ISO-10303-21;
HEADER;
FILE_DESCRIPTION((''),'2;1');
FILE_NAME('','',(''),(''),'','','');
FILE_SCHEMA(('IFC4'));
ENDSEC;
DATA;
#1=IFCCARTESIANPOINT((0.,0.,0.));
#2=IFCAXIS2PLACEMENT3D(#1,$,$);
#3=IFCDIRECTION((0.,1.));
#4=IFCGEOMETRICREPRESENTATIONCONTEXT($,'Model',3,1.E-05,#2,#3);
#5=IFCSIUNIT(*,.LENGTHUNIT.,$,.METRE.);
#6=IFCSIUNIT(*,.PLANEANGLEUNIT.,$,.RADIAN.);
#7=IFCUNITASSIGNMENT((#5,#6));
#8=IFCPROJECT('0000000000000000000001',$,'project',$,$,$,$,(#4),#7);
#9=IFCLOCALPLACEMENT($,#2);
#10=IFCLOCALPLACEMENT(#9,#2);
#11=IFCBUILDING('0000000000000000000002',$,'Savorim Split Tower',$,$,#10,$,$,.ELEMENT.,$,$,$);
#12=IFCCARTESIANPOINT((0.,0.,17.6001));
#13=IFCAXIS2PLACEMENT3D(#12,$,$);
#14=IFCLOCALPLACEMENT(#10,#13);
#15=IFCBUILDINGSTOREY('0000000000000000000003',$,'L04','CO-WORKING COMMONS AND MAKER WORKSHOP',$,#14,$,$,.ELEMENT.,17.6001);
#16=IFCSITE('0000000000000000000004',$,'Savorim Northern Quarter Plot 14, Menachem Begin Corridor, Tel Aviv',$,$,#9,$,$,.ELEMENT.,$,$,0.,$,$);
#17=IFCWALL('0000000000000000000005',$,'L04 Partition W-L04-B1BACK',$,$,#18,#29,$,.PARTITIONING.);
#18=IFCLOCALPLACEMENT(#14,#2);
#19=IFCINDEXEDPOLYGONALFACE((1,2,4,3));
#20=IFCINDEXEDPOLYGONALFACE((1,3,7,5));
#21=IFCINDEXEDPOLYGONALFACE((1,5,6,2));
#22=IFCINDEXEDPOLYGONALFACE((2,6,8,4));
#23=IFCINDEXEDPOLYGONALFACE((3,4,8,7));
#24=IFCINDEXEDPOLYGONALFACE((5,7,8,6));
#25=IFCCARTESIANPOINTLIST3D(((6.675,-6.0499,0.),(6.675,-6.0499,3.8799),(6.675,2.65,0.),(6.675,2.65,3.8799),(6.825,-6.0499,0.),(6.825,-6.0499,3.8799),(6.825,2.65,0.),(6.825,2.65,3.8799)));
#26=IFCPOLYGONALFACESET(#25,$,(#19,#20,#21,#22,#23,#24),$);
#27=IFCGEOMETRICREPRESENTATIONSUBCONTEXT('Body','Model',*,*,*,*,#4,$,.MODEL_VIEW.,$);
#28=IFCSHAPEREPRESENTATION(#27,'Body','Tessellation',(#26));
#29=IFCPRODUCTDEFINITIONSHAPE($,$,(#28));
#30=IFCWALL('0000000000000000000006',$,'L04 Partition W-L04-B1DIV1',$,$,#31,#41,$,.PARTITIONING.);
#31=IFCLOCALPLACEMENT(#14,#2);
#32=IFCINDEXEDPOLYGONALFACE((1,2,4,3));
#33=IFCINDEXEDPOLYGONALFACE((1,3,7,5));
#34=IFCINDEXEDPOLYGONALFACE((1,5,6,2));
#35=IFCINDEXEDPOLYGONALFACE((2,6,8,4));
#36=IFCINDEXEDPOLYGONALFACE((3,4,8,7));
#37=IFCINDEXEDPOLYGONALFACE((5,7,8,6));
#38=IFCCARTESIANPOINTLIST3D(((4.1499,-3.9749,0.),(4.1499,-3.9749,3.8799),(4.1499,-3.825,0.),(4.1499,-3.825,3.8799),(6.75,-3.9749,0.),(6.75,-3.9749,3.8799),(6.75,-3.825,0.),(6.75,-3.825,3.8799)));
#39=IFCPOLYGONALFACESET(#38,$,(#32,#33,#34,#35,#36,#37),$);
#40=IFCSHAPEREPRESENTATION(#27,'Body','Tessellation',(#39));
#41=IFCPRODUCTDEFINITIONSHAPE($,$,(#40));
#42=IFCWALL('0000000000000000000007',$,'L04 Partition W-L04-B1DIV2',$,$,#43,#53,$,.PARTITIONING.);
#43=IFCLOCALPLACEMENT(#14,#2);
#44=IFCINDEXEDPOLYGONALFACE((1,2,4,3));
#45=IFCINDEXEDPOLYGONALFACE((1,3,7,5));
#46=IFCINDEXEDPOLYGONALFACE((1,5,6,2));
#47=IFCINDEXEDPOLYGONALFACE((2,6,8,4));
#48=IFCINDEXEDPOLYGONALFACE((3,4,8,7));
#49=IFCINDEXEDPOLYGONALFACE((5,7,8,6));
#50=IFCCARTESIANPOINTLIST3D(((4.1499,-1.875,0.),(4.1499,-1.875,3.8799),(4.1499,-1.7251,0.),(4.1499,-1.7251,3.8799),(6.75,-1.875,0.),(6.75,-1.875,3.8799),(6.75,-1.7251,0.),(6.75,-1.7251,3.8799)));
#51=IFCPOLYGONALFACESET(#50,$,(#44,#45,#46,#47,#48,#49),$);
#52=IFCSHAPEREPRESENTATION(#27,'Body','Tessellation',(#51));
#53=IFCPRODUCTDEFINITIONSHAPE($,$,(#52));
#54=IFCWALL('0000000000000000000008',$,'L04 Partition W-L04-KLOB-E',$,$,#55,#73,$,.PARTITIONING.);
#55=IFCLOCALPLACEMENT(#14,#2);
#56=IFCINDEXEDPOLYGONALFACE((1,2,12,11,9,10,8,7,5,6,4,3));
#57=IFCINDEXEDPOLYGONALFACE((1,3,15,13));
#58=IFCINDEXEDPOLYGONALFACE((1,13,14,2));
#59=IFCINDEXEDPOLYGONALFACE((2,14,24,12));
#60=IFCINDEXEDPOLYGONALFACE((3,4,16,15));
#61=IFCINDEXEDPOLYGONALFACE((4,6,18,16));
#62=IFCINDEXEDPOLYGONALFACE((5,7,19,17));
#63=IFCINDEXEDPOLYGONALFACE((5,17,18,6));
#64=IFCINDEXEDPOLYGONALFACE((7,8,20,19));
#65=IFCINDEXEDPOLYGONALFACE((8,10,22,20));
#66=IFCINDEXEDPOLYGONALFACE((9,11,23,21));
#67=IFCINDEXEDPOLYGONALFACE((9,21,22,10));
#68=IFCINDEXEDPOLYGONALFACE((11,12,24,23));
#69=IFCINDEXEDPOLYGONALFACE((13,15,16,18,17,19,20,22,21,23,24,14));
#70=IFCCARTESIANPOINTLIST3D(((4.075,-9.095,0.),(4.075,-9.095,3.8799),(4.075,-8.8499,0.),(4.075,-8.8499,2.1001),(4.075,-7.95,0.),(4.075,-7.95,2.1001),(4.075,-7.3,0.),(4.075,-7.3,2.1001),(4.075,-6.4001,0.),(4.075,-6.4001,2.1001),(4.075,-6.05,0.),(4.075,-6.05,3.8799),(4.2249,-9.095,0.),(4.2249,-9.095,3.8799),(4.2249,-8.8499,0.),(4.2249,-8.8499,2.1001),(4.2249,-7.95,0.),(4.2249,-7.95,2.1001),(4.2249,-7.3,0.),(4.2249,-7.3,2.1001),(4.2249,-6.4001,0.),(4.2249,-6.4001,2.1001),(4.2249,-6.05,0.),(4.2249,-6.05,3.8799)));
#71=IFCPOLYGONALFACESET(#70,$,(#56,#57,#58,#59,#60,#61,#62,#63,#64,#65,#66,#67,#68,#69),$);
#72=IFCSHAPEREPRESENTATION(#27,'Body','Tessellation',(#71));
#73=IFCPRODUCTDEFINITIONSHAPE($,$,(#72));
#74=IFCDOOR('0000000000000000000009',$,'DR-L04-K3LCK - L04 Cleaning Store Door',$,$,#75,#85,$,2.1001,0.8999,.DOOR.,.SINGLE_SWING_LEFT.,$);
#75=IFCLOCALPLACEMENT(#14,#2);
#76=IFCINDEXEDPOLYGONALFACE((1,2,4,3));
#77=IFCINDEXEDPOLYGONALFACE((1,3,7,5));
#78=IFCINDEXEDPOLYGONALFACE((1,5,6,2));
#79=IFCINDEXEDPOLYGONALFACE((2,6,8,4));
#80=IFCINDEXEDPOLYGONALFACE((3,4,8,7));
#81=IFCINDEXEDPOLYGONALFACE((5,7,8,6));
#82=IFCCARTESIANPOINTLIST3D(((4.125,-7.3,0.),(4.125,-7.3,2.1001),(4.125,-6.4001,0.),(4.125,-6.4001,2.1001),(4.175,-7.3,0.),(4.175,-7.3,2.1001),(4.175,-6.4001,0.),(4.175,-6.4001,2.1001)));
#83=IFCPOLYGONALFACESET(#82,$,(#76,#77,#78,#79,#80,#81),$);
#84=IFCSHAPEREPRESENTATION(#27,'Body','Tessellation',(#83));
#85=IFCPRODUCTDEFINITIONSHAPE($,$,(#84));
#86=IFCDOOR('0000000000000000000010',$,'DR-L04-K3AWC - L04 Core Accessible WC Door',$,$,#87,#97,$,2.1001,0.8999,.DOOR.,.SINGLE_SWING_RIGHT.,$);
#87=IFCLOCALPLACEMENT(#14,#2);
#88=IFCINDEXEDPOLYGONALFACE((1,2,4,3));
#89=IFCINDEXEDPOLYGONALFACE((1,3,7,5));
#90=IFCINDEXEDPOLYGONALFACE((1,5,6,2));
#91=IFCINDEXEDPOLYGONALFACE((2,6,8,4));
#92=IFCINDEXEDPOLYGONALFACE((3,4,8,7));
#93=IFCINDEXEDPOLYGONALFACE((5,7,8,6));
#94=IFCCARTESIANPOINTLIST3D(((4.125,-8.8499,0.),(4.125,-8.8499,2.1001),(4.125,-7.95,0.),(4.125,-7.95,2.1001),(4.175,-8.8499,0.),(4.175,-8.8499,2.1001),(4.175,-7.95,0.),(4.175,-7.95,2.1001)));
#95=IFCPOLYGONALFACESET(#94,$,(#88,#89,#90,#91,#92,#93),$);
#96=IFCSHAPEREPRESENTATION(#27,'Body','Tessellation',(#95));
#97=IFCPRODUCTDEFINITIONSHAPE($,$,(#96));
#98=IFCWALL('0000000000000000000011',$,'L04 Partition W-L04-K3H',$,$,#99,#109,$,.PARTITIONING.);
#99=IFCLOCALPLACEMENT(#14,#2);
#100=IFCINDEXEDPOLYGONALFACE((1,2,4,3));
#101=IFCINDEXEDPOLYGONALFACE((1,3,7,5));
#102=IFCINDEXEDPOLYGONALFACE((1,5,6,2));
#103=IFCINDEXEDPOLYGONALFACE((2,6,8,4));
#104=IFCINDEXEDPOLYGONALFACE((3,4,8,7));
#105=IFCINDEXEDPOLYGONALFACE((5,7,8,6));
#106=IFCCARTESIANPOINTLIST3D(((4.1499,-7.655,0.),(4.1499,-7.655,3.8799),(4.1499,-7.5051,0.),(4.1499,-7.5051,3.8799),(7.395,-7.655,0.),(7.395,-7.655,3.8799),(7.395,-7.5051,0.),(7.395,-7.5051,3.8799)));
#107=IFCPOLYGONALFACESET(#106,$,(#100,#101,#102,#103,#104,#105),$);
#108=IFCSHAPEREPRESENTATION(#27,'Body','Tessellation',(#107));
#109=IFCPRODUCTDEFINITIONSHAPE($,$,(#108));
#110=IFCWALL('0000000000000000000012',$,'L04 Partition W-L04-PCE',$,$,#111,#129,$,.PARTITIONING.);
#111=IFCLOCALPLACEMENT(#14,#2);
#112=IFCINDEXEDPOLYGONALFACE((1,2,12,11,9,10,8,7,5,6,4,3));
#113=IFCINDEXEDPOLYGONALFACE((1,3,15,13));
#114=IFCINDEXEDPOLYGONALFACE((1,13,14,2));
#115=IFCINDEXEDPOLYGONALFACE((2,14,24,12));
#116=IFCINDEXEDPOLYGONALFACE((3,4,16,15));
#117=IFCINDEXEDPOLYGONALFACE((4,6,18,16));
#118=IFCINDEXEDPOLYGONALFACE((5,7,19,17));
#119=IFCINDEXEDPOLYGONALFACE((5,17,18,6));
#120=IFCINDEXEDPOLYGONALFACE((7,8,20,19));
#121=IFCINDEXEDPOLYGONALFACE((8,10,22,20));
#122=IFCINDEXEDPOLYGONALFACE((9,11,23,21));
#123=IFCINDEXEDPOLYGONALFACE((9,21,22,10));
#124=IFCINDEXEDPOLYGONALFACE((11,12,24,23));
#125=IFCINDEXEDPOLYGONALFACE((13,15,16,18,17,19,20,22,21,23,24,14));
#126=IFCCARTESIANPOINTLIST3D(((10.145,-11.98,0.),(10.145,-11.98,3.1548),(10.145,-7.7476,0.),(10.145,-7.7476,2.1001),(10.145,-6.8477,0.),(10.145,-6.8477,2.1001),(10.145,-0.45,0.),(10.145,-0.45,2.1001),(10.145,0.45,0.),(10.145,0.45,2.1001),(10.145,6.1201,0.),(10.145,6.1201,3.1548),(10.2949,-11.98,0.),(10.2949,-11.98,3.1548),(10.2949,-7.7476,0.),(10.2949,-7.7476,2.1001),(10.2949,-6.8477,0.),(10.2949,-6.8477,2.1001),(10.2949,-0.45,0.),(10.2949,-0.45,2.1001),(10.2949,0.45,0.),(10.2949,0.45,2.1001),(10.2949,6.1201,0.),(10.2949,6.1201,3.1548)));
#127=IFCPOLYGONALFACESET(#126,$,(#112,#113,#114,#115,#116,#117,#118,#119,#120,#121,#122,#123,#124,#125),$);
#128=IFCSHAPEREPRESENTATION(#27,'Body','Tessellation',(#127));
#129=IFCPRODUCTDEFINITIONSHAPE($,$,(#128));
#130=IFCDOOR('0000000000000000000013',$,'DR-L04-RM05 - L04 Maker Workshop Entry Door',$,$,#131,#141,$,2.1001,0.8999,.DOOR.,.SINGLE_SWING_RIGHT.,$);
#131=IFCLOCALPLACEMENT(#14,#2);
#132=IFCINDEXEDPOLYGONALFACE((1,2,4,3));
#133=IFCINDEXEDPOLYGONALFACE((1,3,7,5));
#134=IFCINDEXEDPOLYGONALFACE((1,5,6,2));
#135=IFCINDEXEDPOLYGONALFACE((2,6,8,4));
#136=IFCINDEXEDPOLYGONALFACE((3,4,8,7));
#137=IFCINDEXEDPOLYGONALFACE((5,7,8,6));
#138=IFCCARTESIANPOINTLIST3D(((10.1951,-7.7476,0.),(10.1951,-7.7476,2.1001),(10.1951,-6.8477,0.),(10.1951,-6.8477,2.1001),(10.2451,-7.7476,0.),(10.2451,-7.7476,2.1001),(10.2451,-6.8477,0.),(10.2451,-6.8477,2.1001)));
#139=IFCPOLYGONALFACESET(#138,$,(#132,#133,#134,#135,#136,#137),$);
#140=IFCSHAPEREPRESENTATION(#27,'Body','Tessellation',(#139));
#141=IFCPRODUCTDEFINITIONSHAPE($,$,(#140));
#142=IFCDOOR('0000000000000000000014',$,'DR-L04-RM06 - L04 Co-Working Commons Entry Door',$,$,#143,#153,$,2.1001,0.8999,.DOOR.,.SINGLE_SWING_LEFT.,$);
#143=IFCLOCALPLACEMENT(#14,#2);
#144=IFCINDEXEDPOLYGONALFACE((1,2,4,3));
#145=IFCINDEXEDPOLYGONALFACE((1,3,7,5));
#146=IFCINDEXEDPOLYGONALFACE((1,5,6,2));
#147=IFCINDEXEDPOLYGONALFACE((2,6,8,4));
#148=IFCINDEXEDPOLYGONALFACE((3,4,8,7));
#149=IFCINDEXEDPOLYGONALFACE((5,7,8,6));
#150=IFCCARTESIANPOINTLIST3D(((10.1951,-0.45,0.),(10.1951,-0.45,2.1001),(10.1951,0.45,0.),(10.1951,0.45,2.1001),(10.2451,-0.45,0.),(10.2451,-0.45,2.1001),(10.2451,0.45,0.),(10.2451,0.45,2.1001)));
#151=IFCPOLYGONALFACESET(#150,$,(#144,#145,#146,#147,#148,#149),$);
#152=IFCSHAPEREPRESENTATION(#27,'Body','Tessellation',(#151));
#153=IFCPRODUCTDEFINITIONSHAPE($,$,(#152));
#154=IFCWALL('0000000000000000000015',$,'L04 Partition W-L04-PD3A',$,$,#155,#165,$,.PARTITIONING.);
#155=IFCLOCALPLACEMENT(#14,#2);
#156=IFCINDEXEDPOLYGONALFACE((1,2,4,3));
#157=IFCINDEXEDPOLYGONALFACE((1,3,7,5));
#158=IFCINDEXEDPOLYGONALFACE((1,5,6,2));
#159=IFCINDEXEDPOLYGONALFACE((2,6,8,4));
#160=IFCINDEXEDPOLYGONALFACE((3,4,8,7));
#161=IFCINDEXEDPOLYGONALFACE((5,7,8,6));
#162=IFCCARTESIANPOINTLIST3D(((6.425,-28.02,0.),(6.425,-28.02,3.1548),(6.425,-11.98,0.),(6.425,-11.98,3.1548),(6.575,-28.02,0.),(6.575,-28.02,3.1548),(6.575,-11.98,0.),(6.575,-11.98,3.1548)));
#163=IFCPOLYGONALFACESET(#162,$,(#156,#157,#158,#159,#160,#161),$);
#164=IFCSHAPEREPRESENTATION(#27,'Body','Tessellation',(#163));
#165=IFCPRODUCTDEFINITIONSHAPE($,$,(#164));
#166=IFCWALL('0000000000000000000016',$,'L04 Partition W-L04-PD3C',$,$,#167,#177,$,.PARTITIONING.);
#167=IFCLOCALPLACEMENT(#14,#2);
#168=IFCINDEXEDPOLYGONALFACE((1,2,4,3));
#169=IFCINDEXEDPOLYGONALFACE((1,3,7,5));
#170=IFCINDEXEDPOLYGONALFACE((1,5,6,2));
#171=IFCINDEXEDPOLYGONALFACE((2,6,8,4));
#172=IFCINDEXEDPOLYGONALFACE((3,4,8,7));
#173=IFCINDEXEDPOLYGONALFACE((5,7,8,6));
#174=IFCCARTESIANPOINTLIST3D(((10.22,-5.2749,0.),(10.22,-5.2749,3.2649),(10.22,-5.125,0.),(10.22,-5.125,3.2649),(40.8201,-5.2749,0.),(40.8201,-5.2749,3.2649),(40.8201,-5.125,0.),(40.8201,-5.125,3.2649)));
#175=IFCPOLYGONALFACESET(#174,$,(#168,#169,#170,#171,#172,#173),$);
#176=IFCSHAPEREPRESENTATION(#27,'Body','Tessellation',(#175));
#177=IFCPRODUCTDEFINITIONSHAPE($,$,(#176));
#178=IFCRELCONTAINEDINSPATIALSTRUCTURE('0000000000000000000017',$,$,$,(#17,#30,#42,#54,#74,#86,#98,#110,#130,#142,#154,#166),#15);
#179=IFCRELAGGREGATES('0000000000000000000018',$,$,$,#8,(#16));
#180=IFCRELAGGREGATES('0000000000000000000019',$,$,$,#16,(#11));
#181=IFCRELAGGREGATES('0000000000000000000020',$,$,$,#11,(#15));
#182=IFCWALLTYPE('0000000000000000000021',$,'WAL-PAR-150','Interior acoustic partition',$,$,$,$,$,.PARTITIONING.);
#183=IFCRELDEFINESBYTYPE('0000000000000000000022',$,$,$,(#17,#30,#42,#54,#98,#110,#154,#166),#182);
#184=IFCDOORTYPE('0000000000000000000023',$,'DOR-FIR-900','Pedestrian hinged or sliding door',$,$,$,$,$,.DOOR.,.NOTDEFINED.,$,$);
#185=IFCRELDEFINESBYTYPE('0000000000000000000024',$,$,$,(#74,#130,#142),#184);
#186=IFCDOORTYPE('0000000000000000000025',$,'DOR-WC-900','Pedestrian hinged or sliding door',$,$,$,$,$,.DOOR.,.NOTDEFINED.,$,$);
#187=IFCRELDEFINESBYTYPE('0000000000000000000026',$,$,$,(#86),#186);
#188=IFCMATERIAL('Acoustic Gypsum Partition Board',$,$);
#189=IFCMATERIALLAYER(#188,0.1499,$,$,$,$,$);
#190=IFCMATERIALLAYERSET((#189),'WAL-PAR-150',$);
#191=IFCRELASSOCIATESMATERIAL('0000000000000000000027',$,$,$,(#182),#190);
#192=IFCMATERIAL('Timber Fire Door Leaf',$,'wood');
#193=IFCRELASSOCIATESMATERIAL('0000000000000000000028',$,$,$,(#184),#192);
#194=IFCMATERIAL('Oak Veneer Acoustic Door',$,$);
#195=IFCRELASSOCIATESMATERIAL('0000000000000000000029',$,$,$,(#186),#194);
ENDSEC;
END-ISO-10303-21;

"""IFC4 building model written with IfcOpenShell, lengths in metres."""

from ifc_helpers import new_model, si_unit, direction, frame, frame_2d, origin, place, context, subcontext, project, spatial, rectangle, extrude, material, layer, layer_set, type_object, element, fill, save


model = new_model("IFC4")

# Units and contexts
model_context = context("Model", 3, precision=1e-05, world=origin(), true_north=direction((0.0, 1.0)))
body_context = subcontext(model_context, "Body", "Model", "MODEL_VIEW")
ifc_project = project(units=[si_unit("LENGTHUNIT", "METRE"), si_unit("PLANEANGLEUNIT", "RADIAN")], contexts=[model_context])

# Site, building, storey
site_placement = place(None, origin())
site = spatial("IfcSite", under=ifc_project, at=site_placement, Name="Savorim Northern Quarter Plot 14, Menachem Begin Corridor, Tel Aviv", CompositionType="ELEMENT", RefElevation=0.0)
building_placement = place(site_placement, origin())
building = spatial("IfcBuilding", under=site, at=building_placement, Name="Savorim Split Tower", CompositionType="ELEMENT")
storey_placement = place(building_placement, frame((0.0, 0.0, 17.6001)))
storey = spatial("IfcBuildingStorey", under=building, at=storey_placement, Name="L04", Description="CO-WORKING COMMONS AND MAKER WORKSHOP", CompositionType="ELEMENT", Elevation=17.6001)

# Walls
ifc_material_1 = material(Name="Acoustic Gypsum Partition Board")
ifc_layer_1 = layer(ifc_material_1, 0.1499)
ifc_layer_set_1 = layer_set([ifc_layer_1], Name="WAL-PAR-150")
wall_type_1 = type_object("IfcWallType", Name="WAL-PAR-150", Description="Interior acoustic partition", PredefinedType="PARTITIONING", material=ifc_layer_set_1)
wall_1_placement = place(storey_placement, frame((6.75, -6.05, 0.0), z_axis=(0.0, 0.0, 1.0), x_axis=(0.0, 1.0, 0.0)))
element("IfcWall", 1, at=wall_1_placement, inside=storey, type_object=wall_type_1, Name="L04 Partition W-L04-B1BACK", PredefinedType="PARTITIONING", context=body_context, shape_type="SweptSolid", body=[
    extrude(rectangle(XDim=8.7, YDim=0.1499, at=frame_2d((4.3501, 0.0))), origin(), (0.0, 0.0, 1.0), 3.8799),
])
for number, where, z_axis, x_axis, name in (
    (2, (4.1499, -3.8999, 0.0), (0.0, 0.0, 1.0), (1.0, 0.0, 0.0), "L04 Partition W-L04-B1DIV1"),
    (3, (4.1499, -1.8, 0.0), (0.0, 0.0, 1.0), (1.0, 0.0, 0.0), "L04 Partition W-L04-B1DIV2"),
):
    element("IfcWall", number, at=place(storey_placement, frame(where, z_axis=z_axis, x_axis=x_axis)), inside=storey, type_object=wall_type_1, Name=name, PredefinedType="PARTITIONING", context=body_context, shape_type="SweptSolid", body=[
        extrude(rectangle(XDim=2.6001, YDim=0.1499, at=frame_2d((1.3, 0.0))), origin(), (0.0, 0.0, 1.0), 3.8799),
    ])

# Wall, openings, doors
wall_2_placement = place(storey_placement, frame((4.1499, -9.095, 0.0), z_axis=(0.0, 0.0, 1.0), x_axis=(0.0, 1.0, 0.0)))
wall_2 = element("IfcWall", 4, at=wall_2_placement, inside=storey, type_object=wall_type_1, Name="L04 Partition W-L04-KLOB-E", PredefinedType="PARTITIONING", context=body_context, shape_type="SweptSolid", body=[
    extrude(rectangle(XDim=3.0449, YDim=0.1499, at=frame_2d((1.5225, 0.0))), origin(), (0.0, 0.0, 1.0), 3.8799),
])
opening_1_placement = place(wall_2_placement, frame((0.2451, 0.0, 0.0)))
opening_1 = element("IfcOpeningElement", 5, at=opening_1_placement, cuts=wall_2, PredefinedType="OPENING", context=body_context, shape_type="SweptSolid", body=[
    extrude(rectangle(XDim=0.8999, YDim=2.1001, at=frame_2d((0.45, 1.05))), frame((0.0, 0.085, 0.0), z_axis=(0.0, -1.0, 0.0), x_axis=(1.0, 0.0, 0.0)), (0.0, 0.0, 1.0), 0.1699),
])
opening_2_placement = place(wall_2_placement, frame((1.7949, 0.0, 0.0)))
opening_2 = element("IfcOpeningElement", 6, at=opening_2_placement, cuts=wall_2, PredefinedType="OPENING", context=body_context, shape_type="SweptSolid", body=[
    extrude(rectangle(XDim=0.8999, YDim=2.1001, at=frame_2d((0.45, 1.05))), frame((0.0, 0.085, 0.0), z_axis=(0.0, -1.0, 0.0), x_axis=(1.0, 0.0, 0.0)), (0.0, 0.0, 1.0), 0.1699),
])
ifc_material_2 = material(Name="Timber Fire Door Leaf", Category="wood")
door_type_1 = type_object("IfcDoorType", Name="DOR-FIR-900", Description="Pedestrian hinged or sliding door", OperationType="NOTDEFINED", PredefinedType="DOOR", material=ifc_material_2)
door_1_placement = place(opening_2_placement, origin())
door_1 = element("IfcDoor", 7, at=door_1_placement, inside=storey, type_object=door_type_1, Name="DR-L04-K3LCK - L04 Cleaning Store Door", OperationType="SINGLE_SWING_LEFT", OverallHeight=2.1001, OverallWidth=0.8999, PredefinedType="DOOR", context=body_context, shape_type="SweptSolid", body=[
    extrude(rectangle(XDim=0.8999, YDim=2.1001, at=frame_2d((0.45, 1.05))), frame((0.0, 0.0249, 0.0), z_axis=(0.0, -1.0, 0.0), x_axis=(1.0, 0.0, 0.0)), (0.0, 0.0, 1.0), 0.05),
])
fill(opening_2, door_1)
ifc_material_3 = material(Name="Oak Veneer Acoustic Door")
door_type_2 = type_object("IfcDoorType", Name="DOR-WC-900", Description="Pedestrian hinged or sliding door", OperationType="NOTDEFINED", PredefinedType="DOOR", material=ifc_material_3)
door_2_placement = place(opening_1_placement, origin())
door_2 = element("IfcDoor", 8, at=door_2_placement, inside=storey, type_object=door_type_2, Name="DR-L04-K3AWC - L04 Core Accessible WC Door", OperationType="SINGLE_SWING_RIGHT", OverallHeight=2.1001, OverallWidth=0.8999, PredefinedType="DOOR", context=body_context, shape_type="SweptSolid", body=[
    extrude(rectangle(XDim=0.8999, YDim=2.1001, at=frame_2d((0.45, 1.05))), frame((0.0, 0.0249, 0.0), z_axis=(0.0, -1.0, 0.0), x_axis=(1.0, 0.0, 0.0)), (0.0, 0.0, 1.0), 0.05),
])
fill(opening_1, door_2)

# Wall
wall_3_placement = place(storey_placement, frame((4.1499, -7.5801, 0.0), z_axis=(0.0, 0.0, 1.0), x_axis=(1.0, 0.0, 0.0)))
element("IfcWall", 9, at=wall_3_placement, inside=storey, type_object=wall_type_1, Name="L04 Partition W-L04-K3H", PredefinedType="PARTITIONING", context=body_context, shape_type="SweptSolid", body=[
    extrude(rectangle(XDim=3.2451, YDim=0.1499, at=frame_2d((1.6226, 0.0))), origin(), (0.0, 0.0, 1.0), 3.8799),
])

# Wall, openings, doors
wall_4_placement = place(storey_placement, frame((10.22, -11.98, 0.0), z_axis=(0.0, 0.0, 1.0), x_axis=(0.0, 1.0, 0.0)))
wall_4 = element("IfcWall", 10, at=wall_4_placement, inside=storey, type_object=wall_type_1, Name="L04 Partition W-L04-PCE", PredefinedType="PARTITIONING", context=body_context, shape_type="SweptSolid", body=[
    extrude(rectangle(XDim=18.1001, YDim=0.1499, at=frame_2d((9.05, 0.0))), origin(), (0.0, 0.0, 1.0), 3.1548),
])
opening_3_placement = place(wall_4_placement, frame((4.2324, 0.0, 0.0)))
opening_3 = element("IfcOpeningElement", 11, at=opening_3_placement, cuts=wall_4, PredefinedType="OPENING", context=body_context, shape_type="SweptSolid", body=[
    extrude(rectangle(XDim=0.8999, YDim=2.1001, at=frame_2d((0.45, 1.05))), frame((0.0, 0.085, 0.0), z_axis=(0.0, -1.0, 0.0), x_axis=(1.0, 0.0, 0.0)), (0.0, 0.0, 1.0), 0.1699),
])
opening_4_placement = place(wall_4_placement, frame((11.53, 0.0, 0.0)))
opening_4 = element("IfcOpeningElement", 12, at=opening_4_placement, cuts=wall_4, PredefinedType="OPENING", context=body_context, shape_type="SweptSolid", body=[
    extrude(rectangle(XDim=0.8999, YDim=2.1001, at=frame_2d((0.45, 1.05))), frame((0.0, 0.085, 0.0), z_axis=(0.0, -1.0, 0.0), x_axis=(1.0, 0.0, 0.0)), (0.0, 0.0, 1.0), 0.1699),
])
door_3_placement = place(opening_3_placement, origin())
door_3 = element("IfcDoor", 13, at=door_3_placement, inside=storey, type_object=door_type_1, Name="DR-L04-RM05 - L04 Maker Workshop Entry Door", OperationType="SINGLE_SWING_RIGHT", OverallHeight=2.1001, OverallWidth=0.8999, PredefinedType="DOOR", context=body_context, shape_type="SweptSolid", body=[
    extrude(rectangle(XDim=0.8999, YDim=2.1001, at=frame_2d((0.45, 1.05))), frame((0.0, 0.0249, 0.0), z_axis=(0.0, -1.0, 0.0), x_axis=(1.0, 0.0, 0.0)), (0.0, 0.0, 1.0), 0.05),
])
fill(opening_3, door_3)
door_4_placement = place(opening_4_placement, origin())
door_4 = element("IfcDoor", 14, at=door_4_placement, inside=storey, type_object=door_type_1, Name="DR-L04-RM06 - L04 Co-Working Commons Entry Door", OperationType="SINGLE_SWING_LEFT", OverallHeight=2.1001, OverallWidth=0.8999, PredefinedType="DOOR", context=body_context, shape_type="SweptSolid", body=[
    extrude(rectangle(XDim=0.8999, YDim=2.1001, at=frame_2d((0.45, 1.05))), frame((0.0, 0.0249, 0.0), z_axis=(0.0, -1.0, 0.0), x_axis=(1.0, 0.0, 0.0)), (0.0, 0.0, 1.0), 0.05),
])
fill(opening_4, door_4)

# Walls
wall_5_placement = place(storey_placement, frame((6.5, -28.02, 0.0), z_axis=(0.0, 0.0, 1.0), x_axis=(0.0, 1.0, 0.0)))
element("IfcWall", 15, at=wall_5_placement, inside=storey, type_object=wall_type_1, Name="L04 Partition W-L04-PD3A", PredefinedType="PARTITIONING", context=body_context, shape_type="SweptSolid", body=[
    extrude(rectangle(XDim=16.04, YDim=0.1499, at=frame_2d((8.02, 0.0))), origin(), (0.0, 0.0, 1.0), 3.1548),
])
wall_6_placement = place(storey_placement, frame((10.22, -5.2, 0.0), z_axis=(0.0, 0.0, 1.0), x_axis=(1.0, 0.0, 0.0)))
element("IfcWall", 16, at=wall_6_placement, inside=storey, type_object=wall_type_1, Name="L04 Partition W-L04-PD3C", PredefinedType="PARTITIONING", context=body_context, shape_type="SweptSolid", body=[
    extrude(rectangle(XDim=30.6001, YDim=0.1499, at=frame_2d((15.3, 0.0))), origin(), (0.0, 0.0, 1.0), 3.2649),
])

save(model, "model.ifc")
